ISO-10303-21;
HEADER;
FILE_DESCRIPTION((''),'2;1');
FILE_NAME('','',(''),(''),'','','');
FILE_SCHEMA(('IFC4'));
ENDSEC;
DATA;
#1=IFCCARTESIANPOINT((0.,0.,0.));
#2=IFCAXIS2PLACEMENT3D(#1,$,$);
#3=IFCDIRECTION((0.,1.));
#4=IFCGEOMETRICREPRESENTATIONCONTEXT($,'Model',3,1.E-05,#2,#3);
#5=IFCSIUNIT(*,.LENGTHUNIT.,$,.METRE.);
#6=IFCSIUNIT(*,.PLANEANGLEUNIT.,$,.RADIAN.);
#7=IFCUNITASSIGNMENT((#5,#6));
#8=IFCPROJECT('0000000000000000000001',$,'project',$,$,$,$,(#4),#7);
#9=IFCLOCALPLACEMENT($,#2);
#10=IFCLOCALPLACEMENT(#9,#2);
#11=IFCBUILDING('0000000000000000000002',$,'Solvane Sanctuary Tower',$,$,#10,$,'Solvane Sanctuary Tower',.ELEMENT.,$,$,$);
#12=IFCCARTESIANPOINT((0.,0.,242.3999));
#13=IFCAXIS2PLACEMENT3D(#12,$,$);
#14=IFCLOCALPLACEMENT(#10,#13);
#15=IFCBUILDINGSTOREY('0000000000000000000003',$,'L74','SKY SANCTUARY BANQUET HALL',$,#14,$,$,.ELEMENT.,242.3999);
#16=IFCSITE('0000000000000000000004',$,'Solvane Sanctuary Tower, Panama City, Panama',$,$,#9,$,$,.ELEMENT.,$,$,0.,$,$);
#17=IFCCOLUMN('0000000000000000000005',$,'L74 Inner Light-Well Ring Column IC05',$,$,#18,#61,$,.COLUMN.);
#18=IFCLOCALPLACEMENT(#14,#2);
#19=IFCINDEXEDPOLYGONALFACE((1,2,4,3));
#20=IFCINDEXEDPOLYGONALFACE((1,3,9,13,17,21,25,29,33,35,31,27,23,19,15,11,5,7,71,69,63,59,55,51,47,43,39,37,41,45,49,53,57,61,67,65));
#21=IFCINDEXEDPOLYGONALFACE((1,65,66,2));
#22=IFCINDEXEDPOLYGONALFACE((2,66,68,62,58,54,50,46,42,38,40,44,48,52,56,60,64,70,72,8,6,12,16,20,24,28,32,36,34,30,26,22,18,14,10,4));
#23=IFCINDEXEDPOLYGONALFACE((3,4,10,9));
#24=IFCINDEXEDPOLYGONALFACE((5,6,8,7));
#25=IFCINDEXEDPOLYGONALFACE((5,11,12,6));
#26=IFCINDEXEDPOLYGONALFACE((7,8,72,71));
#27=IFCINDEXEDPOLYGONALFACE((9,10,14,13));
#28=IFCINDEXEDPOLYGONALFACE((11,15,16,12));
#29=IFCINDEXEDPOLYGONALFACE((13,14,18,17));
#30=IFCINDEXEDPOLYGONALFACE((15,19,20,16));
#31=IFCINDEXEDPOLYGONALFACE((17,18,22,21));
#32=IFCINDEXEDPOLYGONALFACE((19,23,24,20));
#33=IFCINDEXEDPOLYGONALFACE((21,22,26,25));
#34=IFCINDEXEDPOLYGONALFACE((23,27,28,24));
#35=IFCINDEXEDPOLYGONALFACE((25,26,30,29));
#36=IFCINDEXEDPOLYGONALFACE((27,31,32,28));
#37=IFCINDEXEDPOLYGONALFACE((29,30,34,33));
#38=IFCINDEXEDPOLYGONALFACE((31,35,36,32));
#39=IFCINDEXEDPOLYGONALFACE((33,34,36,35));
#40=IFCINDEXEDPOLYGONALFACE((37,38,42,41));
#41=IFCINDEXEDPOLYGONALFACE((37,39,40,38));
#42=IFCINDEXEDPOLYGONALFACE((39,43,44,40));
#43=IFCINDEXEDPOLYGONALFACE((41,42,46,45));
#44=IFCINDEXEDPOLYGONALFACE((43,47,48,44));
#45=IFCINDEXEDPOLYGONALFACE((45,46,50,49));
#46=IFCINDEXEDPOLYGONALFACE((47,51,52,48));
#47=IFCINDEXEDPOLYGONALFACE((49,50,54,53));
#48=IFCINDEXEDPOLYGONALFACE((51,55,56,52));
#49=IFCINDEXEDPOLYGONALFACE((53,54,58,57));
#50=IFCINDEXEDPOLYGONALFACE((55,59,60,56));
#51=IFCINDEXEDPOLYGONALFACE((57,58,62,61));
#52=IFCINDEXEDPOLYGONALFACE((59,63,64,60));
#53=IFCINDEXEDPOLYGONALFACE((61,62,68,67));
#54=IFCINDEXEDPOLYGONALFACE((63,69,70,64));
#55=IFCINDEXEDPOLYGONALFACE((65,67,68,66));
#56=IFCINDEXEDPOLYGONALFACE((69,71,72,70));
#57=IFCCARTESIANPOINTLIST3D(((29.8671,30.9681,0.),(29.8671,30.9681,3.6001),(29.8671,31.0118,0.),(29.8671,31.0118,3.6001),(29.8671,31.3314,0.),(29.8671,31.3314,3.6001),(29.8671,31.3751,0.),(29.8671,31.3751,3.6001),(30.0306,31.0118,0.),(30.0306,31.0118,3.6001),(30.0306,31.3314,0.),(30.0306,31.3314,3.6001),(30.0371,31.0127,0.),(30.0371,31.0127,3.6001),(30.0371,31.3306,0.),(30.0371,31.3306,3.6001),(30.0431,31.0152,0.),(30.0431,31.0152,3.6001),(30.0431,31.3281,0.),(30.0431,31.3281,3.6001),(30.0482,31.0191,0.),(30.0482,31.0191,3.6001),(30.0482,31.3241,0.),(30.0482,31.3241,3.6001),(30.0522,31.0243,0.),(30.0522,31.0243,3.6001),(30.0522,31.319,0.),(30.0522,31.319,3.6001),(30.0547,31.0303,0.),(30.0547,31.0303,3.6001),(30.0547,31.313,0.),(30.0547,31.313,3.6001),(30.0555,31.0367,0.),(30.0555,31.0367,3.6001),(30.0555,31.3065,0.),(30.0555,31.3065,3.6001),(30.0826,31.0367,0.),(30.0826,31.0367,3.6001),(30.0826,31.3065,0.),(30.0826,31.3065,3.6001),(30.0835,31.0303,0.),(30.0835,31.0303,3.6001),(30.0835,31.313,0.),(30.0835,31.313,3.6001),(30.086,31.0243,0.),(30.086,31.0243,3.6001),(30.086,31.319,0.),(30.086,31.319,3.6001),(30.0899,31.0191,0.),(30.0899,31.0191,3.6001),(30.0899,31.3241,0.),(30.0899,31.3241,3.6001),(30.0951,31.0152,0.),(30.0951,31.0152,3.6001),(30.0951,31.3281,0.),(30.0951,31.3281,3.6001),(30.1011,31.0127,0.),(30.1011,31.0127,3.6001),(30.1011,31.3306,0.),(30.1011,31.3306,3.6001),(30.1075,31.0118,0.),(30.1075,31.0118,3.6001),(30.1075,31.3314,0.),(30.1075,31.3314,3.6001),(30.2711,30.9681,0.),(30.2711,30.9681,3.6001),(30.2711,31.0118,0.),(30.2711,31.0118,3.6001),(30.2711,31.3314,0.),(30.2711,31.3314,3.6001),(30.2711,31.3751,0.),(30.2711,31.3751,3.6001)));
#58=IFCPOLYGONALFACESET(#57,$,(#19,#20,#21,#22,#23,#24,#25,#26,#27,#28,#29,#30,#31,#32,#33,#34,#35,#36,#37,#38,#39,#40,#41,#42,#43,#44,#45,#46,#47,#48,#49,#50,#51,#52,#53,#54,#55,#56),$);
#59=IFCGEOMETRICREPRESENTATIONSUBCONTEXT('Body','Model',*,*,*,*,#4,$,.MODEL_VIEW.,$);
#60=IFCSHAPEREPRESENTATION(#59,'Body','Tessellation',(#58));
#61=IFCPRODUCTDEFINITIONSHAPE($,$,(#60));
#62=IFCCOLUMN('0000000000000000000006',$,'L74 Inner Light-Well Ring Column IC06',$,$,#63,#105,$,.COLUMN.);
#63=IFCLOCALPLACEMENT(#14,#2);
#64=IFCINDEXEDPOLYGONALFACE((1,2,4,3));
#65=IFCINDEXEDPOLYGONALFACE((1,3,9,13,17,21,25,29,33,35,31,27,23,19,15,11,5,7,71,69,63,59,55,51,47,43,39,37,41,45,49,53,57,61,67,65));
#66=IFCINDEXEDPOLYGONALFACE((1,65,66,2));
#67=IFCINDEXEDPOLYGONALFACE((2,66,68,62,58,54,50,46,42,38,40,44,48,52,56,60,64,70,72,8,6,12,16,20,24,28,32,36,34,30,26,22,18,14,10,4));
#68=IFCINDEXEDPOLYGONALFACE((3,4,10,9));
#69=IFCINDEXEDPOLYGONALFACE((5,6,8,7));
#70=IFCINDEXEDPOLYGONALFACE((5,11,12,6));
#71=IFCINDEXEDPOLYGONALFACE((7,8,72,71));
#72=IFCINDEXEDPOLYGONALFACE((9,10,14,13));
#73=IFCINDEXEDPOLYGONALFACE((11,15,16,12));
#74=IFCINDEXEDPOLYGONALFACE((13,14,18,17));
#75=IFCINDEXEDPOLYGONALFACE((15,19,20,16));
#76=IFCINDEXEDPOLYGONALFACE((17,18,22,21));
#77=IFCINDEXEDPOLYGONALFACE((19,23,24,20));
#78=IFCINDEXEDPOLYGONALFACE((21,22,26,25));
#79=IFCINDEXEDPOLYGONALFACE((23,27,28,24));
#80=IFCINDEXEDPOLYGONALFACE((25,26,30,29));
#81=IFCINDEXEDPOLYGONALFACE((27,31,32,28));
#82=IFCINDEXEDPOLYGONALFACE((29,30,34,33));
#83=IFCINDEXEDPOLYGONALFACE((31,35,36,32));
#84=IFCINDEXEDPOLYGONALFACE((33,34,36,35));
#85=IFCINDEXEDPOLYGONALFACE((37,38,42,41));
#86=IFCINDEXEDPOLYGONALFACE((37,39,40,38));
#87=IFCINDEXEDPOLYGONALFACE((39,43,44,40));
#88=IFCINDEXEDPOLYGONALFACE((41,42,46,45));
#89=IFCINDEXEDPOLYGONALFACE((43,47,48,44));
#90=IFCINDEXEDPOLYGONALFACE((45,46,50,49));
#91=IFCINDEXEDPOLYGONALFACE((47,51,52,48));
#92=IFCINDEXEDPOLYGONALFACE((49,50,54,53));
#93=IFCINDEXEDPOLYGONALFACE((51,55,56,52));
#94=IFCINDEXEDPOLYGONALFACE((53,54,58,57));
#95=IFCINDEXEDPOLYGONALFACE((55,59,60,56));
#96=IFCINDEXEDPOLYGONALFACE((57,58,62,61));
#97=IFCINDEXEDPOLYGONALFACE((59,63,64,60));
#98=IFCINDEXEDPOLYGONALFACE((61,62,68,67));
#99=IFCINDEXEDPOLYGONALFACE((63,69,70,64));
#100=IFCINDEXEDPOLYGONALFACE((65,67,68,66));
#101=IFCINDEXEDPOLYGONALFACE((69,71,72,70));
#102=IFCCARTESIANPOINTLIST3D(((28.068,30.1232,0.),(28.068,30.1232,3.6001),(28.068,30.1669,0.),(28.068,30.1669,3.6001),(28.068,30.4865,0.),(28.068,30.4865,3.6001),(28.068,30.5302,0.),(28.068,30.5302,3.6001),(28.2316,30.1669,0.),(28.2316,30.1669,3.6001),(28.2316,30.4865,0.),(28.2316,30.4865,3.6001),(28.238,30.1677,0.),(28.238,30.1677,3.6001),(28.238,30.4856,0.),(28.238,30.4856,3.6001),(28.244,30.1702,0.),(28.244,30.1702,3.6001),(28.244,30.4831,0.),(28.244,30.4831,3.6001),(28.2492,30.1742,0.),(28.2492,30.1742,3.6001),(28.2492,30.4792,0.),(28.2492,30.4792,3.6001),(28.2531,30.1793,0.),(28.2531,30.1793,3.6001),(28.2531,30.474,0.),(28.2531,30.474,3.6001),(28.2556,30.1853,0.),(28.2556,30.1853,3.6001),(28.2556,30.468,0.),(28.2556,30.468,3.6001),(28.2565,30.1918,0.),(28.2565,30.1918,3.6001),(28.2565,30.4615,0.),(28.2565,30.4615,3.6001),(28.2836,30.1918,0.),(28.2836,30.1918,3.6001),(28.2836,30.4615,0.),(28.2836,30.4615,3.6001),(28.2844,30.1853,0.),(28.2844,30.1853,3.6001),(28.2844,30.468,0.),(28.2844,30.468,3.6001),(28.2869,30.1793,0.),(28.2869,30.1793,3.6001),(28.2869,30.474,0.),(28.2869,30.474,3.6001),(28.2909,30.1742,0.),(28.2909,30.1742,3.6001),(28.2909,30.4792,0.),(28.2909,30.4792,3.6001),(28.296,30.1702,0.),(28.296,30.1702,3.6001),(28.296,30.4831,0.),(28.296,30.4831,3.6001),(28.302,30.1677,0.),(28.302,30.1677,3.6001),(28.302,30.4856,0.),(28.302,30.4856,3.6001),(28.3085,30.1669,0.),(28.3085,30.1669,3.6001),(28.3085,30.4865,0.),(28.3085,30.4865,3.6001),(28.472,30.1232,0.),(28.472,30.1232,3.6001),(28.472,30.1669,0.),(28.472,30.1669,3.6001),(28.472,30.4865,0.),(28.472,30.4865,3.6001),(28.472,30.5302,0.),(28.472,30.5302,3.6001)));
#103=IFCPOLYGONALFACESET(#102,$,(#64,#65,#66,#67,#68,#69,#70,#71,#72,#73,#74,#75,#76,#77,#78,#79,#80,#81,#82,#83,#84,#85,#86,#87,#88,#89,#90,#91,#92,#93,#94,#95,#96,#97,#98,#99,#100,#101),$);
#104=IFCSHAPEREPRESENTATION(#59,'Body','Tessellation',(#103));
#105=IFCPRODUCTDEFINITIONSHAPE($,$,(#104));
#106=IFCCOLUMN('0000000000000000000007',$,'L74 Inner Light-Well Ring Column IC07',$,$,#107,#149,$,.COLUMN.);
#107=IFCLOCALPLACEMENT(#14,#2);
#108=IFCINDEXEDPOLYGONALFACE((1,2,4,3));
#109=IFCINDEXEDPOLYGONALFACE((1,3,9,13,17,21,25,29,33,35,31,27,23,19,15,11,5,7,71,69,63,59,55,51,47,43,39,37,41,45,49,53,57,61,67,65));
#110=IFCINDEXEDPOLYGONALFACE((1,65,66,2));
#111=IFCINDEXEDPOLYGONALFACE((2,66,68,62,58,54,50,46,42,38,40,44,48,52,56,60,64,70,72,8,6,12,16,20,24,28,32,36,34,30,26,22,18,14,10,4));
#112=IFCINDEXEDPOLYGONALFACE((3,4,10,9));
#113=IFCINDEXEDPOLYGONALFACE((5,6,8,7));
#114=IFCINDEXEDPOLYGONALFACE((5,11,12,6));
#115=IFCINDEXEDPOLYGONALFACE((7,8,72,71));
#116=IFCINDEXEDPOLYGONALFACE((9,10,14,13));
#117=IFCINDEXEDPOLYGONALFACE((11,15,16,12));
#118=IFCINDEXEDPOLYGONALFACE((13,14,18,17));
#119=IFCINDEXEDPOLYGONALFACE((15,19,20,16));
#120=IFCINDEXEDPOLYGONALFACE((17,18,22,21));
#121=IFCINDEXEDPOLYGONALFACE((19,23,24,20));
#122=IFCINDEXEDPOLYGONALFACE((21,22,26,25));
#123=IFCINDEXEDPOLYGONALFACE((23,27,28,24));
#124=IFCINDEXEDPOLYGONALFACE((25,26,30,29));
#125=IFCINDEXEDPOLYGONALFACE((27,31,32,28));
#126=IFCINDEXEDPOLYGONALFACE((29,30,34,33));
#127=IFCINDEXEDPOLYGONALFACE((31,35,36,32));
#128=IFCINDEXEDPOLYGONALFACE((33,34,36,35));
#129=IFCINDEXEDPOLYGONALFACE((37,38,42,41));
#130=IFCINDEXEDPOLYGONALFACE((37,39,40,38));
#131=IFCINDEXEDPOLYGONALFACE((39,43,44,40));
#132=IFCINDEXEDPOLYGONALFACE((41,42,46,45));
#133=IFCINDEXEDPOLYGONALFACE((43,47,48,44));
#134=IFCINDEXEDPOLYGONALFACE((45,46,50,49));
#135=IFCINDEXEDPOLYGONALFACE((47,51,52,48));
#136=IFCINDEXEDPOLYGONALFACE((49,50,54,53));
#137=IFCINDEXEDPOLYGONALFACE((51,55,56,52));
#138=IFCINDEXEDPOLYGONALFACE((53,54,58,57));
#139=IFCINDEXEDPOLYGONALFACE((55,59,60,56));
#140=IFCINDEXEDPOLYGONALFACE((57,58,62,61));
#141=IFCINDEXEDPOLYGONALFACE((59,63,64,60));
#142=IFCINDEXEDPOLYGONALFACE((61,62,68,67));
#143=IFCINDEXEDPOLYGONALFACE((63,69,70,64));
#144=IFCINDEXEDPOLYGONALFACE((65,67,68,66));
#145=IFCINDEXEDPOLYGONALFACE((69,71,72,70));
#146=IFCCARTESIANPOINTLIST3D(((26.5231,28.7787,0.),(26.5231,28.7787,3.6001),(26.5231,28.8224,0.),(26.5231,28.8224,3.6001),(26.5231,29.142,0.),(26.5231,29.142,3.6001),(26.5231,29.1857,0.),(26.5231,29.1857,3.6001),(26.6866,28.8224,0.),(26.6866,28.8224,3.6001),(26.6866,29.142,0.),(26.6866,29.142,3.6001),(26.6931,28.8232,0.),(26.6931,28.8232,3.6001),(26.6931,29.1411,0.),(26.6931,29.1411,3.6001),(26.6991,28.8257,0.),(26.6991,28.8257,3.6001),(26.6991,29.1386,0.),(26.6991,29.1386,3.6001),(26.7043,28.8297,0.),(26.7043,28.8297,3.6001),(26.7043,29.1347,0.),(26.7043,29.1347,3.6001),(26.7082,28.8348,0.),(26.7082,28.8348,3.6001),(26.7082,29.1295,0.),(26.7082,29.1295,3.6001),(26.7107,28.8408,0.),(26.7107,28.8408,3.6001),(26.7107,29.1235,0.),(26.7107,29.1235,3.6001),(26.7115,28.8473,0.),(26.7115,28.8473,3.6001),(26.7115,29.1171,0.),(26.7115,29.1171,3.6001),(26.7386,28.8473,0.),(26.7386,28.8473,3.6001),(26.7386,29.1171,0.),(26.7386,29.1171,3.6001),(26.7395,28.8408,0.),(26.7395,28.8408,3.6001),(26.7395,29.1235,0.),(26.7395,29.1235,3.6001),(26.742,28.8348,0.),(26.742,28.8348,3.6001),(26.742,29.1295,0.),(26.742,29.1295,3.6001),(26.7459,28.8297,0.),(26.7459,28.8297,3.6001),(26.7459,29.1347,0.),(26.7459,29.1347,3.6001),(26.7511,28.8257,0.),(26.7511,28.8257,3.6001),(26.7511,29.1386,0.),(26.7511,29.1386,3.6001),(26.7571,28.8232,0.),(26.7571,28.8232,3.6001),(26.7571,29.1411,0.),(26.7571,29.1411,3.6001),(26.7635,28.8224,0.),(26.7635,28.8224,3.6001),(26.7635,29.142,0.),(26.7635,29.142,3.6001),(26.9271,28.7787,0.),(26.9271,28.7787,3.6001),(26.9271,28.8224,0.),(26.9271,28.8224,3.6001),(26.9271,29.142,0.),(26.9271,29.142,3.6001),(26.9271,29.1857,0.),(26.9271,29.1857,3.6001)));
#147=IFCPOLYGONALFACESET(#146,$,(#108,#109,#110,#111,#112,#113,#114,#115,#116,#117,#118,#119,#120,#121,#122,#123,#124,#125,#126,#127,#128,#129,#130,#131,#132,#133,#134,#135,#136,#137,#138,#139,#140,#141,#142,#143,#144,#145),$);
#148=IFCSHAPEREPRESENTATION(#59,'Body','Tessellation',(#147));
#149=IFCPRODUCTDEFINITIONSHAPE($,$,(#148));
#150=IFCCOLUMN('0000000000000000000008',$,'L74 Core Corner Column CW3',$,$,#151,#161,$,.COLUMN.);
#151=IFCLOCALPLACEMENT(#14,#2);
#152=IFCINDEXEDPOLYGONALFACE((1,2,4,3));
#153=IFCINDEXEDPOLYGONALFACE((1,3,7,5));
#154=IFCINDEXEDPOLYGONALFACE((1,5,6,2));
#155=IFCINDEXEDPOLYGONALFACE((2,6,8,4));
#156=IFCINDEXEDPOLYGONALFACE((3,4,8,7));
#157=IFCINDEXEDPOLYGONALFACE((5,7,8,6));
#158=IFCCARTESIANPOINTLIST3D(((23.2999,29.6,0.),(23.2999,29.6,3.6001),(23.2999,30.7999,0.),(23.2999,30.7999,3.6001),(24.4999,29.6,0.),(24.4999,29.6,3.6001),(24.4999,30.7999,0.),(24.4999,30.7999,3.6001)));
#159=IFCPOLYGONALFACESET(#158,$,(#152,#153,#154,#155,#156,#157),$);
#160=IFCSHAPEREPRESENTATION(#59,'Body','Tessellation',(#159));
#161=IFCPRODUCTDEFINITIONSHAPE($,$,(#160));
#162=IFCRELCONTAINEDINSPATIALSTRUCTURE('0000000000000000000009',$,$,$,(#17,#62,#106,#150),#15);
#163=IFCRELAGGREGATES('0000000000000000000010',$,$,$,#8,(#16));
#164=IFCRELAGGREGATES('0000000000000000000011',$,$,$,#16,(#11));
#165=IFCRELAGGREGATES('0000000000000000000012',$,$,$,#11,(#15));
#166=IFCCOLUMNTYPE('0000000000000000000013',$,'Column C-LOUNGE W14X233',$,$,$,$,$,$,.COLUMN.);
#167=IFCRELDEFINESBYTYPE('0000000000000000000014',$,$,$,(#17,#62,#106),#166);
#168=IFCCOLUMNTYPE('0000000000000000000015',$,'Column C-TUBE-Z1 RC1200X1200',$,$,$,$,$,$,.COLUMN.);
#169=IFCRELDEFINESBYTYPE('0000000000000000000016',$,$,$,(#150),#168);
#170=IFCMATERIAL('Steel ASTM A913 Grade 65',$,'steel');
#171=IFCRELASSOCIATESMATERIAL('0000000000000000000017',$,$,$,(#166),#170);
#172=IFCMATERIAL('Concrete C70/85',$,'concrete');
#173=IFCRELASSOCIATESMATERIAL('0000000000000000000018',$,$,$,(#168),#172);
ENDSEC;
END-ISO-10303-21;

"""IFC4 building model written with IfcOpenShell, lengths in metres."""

from ifc_helpers import new_model, si_unit, direction, frame, origin, origin_2d, place, context, subcontext, project, spatial, rectangle, i_section, extrude, material, material_profile, profile_set, type_object, element, save


model = new_model("IFC4")

# Units and contexts
model_context = context("Model", 3, precision=1e-05, world=origin(), true_north=direction((0.0, 1.0)))
body_context = subcontext(model_context, "Body", "Model", "MODEL_VIEW")
ifc_project = project(units=[si_unit("LENGTHUNIT", "METRE"), si_unit("PLANEANGLEUNIT", "RADIAN")], contexts=[model_context])

# Site, building, storey
site_placement = place(None, origin())
site = spatial("IfcSite", under=ifc_project, at=site_placement, Name="Solvane Sanctuary Tower, Panama City, Panama", CompositionType="ELEMENT", RefElevation=0.0)
building_placement = place(site_placement, origin())
building = spatial("IfcBuilding", under=site, at=building_placement, Name="Solvane Sanctuary Tower", LongName="Solvane Sanctuary Tower", CompositionType="ELEMENT")
storey_placement = place(building_placement, frame((0.0, 0.0, 242.3999)))
storey = spatial("IfcBuildingStorey", under=building, at=storey_placement, Name="L74", Description="SKY SANCTUARY BANQUET HALL", CompositionType="ELEMENT", Elevation=242.3999)

# Columns
ifc_material_1 = material(Name="Steel ASTM A913 Grade 65", Category="steel")
ifc_material_profile_1 = material_profile(ifc_material_1, i_section(OverallWidth=0.4041, OverallDepth=0.407, WebThickness=0.0271, FlangeThickness=0.0437, FilletRadius=0.0249, at=origin_2d()), Name="W14X233")
ifc_profile_set_1 = profile_set([ifc_material_profile_1], Name="Steel ASTM A913 Grade 65")
column_type_1 = type_object("IfcColumnType", Name="Column C-LOUNGE W14X233", PredefinedType="COLUMN", material=ifc_profile_set_1)
for number, where, z_axis, x_axis, name in (
    (1, (30.0691, 31.1716, 0.0), (0.0, 0.0, 1.0), (1.0, 0.0, 0.0), "L74 Inner Light-Well Ring Column IC05"),
    (2, (28.27, 30.3267, 0.0), (0.0, 0.0, 1.0), (1.0, 0.0, 0.0), "L74 Inner Light-Well Ring Column IC06"),
    (3, (26.7251, 28.9822, 0.0), (0.0, 0.0, 1.0), (1.0, 0.0, 0.0), "L74 Inner Light-Well Ring Column IC07"),
):
    element("IfcColumn", number, at=place(storey_placement, frame(where, z_axis=z_axis, x_axis=x_axis)), inside=storey, type_object=column_type_1, Name=name, PredefinedType="COLUMN", context=body_context, shape_type="SweptSolid", body=[
        extrude(i_section(OverallWidth=0.4041, OverallDepth=0.407, WebThickness=0.0271, FlangeThickness=0.0437, FilletRadius=0.0249, at=origin_2d()), origin(), (0.0, 0.0, 1.0), 3.6001),
    ])
ifc_material_2 = material(Name="Concrete C70/85", Category="concrete")
ifc_material_profile_2 = material_profile(ifc_material_2, rectangle(XDim=1.2, YDim=1.2, at=origin_2d()), Name="RC1200X1200")
ifc_profile_set_2 = profile_set([ifc_material_profile_2], Name="Concrete C70/85")
column_type_2 = type_object("IfcColumnType", Name="Column C-TUBE-Z1 RC1200X1200", PredefinedType="COLUMN", material=ifc_profile_set_2)
column_placement = place(storey_placement, frame((23.8999, 30.2, 0.0), z_axis=(0.0, 0.0, 1.0), x_axis=(1.0, 0.0, 0.0)))
element("IfcColumn", 4, at=column_placement, inside=storey, type_object=column_type_2, Name="L74 Core Corner Column CW3", PredefinedType="COLUMN", context=body_context, shape_type="SweptSolid", body=[
    extrude(rectangle(XDim=1.2, YDim=1.2, at=origin_2d()), origin(), (0.0, 0.0, 1.0), 3.6001),
])

save(model, "model.ifc")
